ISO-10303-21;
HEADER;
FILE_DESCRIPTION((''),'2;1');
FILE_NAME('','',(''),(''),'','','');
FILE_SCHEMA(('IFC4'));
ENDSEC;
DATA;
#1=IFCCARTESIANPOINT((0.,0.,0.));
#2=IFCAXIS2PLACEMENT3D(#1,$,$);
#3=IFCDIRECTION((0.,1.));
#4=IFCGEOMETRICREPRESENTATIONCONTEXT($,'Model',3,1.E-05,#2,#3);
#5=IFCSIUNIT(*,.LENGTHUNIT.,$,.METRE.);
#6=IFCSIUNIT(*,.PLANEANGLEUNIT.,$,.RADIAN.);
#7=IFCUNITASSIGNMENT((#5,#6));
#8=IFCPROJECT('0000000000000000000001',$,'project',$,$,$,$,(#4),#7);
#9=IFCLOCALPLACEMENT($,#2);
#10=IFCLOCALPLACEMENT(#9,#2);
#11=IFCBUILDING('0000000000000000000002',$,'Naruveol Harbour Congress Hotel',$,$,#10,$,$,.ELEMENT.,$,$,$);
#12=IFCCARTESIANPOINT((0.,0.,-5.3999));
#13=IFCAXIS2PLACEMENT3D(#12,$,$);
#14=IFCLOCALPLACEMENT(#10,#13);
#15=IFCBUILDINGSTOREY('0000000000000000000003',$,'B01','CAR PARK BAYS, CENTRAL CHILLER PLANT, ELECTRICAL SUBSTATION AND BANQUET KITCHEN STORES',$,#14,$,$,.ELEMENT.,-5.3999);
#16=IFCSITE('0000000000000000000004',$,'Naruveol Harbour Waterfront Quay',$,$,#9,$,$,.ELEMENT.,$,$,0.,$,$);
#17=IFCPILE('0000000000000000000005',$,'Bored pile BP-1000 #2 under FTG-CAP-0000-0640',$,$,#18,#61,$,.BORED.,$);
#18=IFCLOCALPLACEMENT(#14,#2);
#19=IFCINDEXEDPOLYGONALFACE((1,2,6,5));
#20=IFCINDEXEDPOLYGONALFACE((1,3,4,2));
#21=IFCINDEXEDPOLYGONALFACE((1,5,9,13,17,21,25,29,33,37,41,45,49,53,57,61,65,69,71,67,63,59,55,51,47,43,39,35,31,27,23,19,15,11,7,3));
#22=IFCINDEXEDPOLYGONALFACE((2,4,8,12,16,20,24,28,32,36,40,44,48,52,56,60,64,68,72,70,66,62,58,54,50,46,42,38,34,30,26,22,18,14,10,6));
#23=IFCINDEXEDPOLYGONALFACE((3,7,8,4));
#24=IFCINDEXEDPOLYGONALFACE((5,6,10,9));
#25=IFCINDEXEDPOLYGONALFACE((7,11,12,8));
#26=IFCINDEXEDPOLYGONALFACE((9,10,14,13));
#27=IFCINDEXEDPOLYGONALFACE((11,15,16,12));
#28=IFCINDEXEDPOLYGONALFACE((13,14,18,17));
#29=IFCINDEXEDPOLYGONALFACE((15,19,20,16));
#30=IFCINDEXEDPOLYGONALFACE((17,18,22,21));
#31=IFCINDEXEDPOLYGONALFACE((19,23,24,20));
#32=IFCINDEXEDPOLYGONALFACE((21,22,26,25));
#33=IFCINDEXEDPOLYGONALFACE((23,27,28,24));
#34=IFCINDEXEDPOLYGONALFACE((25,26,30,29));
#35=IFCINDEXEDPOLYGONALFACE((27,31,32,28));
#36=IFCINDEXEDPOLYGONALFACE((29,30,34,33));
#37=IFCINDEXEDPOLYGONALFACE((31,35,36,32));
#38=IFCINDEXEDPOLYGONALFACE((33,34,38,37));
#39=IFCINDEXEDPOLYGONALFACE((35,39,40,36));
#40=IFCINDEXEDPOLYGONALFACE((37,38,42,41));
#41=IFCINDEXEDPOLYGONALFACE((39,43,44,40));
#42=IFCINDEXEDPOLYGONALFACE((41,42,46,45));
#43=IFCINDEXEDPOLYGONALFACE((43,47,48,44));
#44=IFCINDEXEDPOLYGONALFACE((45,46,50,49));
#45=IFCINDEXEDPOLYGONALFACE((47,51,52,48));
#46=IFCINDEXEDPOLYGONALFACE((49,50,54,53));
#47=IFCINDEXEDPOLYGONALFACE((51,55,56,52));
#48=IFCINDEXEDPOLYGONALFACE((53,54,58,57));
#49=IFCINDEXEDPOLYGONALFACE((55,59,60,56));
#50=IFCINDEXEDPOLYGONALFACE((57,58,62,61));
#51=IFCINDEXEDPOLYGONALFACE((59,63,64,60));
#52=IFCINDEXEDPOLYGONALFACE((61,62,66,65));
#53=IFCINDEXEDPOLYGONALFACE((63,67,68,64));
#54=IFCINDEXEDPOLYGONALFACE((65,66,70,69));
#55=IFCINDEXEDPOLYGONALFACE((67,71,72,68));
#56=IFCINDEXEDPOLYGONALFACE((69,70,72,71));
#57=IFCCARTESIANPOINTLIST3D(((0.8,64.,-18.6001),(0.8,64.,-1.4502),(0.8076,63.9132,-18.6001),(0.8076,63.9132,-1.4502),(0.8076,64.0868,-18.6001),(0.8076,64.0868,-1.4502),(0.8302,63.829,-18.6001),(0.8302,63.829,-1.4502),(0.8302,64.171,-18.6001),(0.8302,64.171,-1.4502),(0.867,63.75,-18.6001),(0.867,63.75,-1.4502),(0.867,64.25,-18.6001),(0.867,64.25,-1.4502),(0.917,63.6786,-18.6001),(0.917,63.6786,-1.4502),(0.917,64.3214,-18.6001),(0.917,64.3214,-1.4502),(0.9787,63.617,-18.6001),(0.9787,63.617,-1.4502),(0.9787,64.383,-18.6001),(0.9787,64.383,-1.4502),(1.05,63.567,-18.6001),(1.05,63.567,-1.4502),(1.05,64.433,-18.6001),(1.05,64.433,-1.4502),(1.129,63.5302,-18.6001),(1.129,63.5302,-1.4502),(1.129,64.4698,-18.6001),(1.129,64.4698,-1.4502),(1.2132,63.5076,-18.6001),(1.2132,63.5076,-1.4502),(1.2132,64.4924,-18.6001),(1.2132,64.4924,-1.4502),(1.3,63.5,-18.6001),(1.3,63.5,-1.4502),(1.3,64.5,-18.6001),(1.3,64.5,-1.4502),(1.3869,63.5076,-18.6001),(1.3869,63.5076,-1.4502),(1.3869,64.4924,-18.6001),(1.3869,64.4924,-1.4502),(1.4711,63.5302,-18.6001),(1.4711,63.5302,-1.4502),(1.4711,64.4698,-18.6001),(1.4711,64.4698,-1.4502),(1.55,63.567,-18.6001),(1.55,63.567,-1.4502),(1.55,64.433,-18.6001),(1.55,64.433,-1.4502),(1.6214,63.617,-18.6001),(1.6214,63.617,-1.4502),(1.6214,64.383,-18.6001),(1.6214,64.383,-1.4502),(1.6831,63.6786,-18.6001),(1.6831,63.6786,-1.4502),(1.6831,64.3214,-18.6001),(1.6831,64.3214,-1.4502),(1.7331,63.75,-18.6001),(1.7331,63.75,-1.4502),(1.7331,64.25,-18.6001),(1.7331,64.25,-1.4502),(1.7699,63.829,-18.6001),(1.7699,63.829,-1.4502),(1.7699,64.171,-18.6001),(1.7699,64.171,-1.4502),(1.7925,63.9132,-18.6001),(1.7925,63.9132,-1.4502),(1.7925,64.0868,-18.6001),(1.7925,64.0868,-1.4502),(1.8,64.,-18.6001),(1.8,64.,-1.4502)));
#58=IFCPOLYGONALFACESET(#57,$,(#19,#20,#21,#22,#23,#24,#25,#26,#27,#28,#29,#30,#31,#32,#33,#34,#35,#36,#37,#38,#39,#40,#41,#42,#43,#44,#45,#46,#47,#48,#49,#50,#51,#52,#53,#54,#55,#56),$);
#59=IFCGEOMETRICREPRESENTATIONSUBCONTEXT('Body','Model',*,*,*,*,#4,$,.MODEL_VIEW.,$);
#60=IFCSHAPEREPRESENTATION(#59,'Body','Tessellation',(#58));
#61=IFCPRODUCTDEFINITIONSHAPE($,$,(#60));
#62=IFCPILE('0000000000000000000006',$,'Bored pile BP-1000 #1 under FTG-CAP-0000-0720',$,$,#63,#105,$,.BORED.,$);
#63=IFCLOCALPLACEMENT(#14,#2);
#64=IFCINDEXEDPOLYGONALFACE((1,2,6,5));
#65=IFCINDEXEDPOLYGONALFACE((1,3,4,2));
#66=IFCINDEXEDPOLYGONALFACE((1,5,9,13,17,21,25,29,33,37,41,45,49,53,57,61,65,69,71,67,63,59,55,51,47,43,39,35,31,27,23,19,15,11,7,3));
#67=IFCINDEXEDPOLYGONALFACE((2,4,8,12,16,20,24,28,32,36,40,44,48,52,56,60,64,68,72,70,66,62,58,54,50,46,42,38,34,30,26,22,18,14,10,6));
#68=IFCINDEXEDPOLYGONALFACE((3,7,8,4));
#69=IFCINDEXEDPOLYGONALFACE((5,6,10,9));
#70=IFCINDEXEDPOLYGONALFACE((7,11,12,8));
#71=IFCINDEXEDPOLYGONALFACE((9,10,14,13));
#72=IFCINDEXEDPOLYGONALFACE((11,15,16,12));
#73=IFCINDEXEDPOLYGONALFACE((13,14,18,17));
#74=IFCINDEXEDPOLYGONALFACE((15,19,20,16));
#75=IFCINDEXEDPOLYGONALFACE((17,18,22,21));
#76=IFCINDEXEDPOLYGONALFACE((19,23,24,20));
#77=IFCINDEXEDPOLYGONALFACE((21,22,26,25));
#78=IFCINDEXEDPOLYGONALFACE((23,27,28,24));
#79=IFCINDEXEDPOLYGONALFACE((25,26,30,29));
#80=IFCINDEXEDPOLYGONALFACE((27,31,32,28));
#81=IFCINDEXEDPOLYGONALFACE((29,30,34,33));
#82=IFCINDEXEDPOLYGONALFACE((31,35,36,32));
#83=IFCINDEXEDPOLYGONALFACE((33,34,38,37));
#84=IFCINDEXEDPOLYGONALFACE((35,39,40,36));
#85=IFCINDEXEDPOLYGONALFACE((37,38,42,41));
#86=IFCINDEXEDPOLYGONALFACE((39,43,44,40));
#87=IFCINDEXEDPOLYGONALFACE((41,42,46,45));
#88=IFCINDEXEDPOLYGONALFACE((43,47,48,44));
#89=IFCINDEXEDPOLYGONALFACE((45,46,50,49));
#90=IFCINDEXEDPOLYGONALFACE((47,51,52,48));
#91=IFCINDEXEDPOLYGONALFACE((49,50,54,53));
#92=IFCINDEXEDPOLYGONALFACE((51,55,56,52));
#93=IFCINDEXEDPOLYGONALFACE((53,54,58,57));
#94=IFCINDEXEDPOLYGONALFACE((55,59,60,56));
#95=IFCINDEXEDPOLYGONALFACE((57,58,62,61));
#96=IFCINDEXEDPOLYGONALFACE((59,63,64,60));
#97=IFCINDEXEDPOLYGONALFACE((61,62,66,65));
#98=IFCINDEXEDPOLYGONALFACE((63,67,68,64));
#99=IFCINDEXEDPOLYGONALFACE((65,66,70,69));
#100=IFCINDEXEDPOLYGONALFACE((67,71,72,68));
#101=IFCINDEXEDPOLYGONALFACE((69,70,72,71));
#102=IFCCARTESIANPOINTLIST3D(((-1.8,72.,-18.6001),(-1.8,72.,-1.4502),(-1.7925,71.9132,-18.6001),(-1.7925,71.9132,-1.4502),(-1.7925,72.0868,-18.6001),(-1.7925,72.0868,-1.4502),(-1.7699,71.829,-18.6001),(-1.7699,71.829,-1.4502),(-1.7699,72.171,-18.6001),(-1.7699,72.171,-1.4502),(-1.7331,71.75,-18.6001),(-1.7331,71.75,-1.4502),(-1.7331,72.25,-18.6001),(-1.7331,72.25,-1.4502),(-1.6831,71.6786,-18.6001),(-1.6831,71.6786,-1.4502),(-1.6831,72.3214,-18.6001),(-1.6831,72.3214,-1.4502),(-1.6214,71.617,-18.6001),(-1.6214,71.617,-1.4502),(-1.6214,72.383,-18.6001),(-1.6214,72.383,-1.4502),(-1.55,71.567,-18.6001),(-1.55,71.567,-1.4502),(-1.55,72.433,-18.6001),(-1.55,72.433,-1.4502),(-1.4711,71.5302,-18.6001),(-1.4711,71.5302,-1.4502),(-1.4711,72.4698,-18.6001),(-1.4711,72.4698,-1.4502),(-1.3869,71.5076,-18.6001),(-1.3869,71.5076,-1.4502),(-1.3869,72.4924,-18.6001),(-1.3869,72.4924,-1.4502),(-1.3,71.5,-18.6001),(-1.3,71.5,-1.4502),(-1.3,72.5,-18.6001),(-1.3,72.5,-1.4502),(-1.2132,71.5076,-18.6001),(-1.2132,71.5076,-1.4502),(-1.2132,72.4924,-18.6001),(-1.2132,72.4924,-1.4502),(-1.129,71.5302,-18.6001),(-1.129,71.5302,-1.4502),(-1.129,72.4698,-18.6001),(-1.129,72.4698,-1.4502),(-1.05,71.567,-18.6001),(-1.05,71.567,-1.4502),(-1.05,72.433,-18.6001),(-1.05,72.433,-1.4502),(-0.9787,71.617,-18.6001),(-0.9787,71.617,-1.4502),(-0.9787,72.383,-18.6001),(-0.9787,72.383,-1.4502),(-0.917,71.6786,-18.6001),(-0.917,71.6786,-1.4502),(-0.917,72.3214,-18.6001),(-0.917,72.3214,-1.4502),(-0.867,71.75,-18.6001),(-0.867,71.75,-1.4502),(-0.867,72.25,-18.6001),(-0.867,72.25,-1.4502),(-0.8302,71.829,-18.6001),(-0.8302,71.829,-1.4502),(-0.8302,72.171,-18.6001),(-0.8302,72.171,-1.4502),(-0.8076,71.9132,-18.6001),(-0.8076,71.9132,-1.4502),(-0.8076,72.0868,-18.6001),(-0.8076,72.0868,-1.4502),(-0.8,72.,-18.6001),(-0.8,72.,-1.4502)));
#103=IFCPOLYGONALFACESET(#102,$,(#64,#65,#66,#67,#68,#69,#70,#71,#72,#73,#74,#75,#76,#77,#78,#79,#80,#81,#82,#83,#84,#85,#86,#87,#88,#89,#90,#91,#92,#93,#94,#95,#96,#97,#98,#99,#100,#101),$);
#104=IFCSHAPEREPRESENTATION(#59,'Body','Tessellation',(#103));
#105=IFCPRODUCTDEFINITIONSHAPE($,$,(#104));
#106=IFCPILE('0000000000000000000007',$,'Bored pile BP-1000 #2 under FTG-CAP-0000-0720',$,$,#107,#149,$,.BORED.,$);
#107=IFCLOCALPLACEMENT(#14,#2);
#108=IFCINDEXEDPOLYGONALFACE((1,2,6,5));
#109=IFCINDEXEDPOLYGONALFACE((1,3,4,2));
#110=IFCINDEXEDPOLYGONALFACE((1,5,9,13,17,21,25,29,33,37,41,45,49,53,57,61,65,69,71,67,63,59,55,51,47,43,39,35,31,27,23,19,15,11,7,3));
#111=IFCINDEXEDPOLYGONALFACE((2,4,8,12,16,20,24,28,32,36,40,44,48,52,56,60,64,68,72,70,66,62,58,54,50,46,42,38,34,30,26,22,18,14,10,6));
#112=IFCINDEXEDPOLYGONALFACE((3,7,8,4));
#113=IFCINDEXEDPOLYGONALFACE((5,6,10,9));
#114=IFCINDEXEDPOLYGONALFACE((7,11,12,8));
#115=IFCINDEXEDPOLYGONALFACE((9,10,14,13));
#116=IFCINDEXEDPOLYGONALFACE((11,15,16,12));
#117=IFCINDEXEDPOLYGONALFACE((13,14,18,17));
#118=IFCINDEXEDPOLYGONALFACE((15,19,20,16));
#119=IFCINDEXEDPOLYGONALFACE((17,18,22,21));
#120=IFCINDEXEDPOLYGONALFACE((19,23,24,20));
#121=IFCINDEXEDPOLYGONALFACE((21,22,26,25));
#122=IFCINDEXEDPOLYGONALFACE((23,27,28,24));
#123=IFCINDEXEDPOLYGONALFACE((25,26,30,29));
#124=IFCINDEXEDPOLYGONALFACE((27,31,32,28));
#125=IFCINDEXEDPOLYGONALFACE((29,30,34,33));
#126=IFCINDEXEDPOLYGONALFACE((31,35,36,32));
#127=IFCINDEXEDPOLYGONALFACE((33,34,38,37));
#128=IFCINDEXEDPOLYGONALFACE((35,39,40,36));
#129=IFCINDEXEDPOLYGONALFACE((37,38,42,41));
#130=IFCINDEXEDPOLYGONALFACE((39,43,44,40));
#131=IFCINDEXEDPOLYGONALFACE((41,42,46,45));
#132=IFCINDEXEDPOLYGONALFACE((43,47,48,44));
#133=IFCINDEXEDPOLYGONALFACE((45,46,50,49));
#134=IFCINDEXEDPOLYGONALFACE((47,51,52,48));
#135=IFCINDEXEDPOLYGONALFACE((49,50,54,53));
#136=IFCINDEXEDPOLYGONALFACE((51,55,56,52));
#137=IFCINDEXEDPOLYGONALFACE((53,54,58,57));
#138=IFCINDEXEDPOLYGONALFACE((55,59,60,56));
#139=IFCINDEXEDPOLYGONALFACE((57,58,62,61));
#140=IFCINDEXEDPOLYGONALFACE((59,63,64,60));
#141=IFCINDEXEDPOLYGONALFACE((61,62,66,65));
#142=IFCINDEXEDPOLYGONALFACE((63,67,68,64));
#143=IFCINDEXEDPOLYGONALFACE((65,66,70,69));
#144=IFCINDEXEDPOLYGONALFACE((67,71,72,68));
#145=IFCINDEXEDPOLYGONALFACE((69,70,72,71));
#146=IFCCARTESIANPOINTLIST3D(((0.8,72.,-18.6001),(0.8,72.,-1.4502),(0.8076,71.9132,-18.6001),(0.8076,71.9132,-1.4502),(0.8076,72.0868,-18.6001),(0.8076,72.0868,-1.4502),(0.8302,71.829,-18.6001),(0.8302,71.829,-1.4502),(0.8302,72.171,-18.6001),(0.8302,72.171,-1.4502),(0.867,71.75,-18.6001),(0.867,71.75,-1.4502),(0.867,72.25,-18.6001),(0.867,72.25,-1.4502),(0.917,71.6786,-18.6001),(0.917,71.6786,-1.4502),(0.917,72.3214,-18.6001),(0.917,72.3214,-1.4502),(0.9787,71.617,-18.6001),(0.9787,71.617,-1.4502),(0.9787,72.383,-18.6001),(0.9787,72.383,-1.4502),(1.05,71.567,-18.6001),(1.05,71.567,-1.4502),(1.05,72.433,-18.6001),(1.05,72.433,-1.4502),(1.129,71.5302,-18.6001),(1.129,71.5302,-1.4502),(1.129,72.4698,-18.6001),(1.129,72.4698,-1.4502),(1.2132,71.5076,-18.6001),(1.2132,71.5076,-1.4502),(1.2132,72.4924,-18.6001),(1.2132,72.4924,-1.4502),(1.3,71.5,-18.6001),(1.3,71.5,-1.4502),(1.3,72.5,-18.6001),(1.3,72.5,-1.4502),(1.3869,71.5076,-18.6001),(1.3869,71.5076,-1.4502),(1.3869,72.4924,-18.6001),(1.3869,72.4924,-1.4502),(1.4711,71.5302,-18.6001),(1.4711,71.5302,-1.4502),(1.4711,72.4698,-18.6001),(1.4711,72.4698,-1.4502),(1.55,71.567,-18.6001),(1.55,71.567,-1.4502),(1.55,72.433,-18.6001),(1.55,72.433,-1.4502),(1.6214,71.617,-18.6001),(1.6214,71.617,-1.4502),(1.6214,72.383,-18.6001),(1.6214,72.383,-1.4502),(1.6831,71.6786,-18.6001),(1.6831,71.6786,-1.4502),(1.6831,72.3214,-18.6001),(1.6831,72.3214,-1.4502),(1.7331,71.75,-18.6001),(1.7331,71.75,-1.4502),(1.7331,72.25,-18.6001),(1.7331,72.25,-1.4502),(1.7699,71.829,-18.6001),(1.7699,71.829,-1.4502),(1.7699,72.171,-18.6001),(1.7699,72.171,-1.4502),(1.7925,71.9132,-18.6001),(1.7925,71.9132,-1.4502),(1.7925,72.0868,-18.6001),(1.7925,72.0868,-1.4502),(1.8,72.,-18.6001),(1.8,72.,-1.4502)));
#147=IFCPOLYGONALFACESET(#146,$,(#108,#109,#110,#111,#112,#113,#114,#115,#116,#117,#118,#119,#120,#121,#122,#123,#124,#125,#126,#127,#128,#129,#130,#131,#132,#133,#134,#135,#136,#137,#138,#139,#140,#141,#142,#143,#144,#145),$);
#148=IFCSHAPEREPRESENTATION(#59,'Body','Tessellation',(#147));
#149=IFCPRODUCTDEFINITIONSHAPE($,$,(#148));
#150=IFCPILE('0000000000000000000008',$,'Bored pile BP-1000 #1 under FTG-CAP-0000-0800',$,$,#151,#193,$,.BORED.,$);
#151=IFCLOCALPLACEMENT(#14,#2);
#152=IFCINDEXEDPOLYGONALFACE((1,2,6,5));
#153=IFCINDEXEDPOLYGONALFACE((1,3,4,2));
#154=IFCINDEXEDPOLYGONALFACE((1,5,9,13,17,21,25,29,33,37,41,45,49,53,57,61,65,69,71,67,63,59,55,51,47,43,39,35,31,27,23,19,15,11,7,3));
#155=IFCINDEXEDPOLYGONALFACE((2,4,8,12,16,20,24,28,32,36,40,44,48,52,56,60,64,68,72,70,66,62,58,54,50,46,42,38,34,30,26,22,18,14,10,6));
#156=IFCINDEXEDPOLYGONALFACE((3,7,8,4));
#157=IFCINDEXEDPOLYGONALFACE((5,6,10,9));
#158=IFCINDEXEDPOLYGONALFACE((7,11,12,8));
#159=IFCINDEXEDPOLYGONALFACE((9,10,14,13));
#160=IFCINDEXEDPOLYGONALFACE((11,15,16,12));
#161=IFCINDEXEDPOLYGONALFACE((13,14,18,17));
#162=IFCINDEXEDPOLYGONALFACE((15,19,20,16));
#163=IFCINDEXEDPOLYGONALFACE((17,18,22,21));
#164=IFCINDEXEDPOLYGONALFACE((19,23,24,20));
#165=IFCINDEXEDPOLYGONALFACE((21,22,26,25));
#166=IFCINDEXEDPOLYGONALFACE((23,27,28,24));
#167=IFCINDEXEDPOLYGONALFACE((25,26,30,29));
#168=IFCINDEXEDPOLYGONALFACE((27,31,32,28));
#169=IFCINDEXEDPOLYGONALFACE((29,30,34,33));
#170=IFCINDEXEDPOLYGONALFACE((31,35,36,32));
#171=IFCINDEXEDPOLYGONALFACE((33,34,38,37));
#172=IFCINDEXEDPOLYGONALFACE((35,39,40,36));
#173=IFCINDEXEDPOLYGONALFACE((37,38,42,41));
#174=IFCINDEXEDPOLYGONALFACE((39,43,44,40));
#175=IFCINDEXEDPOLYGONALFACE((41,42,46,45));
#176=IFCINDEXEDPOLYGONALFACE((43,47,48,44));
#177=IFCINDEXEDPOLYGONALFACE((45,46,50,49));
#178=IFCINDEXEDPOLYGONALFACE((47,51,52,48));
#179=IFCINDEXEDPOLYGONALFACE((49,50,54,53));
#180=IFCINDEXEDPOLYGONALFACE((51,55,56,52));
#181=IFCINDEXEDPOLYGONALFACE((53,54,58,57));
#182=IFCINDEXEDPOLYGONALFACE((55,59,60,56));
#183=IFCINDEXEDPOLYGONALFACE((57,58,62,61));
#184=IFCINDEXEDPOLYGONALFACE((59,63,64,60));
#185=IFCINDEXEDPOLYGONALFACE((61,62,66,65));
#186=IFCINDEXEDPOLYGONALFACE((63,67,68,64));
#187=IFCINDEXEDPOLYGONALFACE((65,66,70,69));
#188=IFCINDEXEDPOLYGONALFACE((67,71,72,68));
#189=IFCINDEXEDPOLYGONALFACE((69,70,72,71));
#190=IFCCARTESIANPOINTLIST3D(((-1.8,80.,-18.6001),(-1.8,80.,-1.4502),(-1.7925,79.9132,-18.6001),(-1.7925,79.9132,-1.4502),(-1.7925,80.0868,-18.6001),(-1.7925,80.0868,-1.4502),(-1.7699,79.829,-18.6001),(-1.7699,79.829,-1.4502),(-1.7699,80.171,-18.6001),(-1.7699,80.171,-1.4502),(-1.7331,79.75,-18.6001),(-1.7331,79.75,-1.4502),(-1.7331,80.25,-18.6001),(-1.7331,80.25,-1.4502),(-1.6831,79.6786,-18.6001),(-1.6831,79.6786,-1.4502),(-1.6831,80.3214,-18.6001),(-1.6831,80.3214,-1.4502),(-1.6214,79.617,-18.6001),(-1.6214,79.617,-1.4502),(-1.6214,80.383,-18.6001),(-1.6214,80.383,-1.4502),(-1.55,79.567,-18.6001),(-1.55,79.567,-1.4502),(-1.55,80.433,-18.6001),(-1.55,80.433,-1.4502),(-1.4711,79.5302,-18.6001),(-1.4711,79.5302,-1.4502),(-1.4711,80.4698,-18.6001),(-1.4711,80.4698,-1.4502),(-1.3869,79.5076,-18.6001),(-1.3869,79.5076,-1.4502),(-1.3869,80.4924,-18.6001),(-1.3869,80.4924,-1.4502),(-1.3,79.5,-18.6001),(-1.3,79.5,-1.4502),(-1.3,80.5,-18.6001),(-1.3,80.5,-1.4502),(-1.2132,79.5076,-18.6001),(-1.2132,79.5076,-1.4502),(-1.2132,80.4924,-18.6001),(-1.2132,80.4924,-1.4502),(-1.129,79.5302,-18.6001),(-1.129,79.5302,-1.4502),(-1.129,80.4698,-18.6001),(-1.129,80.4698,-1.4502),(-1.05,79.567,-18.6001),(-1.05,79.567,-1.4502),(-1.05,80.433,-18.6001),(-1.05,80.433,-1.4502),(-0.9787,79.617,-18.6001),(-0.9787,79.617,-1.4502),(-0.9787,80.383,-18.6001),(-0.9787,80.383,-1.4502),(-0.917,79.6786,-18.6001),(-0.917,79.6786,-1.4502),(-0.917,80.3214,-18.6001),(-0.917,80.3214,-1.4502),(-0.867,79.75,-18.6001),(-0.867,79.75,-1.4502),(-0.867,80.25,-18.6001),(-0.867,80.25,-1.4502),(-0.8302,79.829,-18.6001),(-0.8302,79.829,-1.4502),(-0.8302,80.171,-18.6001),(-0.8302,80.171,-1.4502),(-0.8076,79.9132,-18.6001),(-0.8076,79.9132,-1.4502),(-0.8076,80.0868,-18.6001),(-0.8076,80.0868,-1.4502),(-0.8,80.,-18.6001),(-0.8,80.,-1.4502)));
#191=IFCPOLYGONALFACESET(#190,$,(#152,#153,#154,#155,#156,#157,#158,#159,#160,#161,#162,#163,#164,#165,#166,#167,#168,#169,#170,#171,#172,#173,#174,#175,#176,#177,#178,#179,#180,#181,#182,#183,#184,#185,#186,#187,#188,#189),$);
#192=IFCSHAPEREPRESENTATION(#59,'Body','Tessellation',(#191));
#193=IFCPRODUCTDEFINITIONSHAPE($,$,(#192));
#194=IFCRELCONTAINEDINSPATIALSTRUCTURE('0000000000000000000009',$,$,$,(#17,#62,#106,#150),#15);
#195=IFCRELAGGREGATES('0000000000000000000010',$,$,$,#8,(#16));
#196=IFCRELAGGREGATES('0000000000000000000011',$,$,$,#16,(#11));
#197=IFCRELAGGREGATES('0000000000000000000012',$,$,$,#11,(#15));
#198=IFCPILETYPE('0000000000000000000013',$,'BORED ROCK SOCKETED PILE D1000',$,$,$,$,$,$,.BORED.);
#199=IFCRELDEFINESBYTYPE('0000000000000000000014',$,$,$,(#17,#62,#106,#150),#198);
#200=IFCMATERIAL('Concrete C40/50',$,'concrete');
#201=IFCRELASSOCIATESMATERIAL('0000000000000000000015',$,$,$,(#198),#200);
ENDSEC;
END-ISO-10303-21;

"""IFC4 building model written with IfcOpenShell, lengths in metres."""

from ifc_helpers import new_model, si_unit, direction, frame, origin, origin_2d, place, context, subcontext, project, spatial, circle, extrude, material, material_profile, profile_set, type_object, element, save


model = new_model("IFC4")

# Units and contexts
model_context = context("Model", 3, precision=1e-05, world=origin(), true_north=direction((0.0, 1.0)))
body_context = subcontext(model_context, "Body", "Model", "MODEL_VIEW")
ifc_project = project(units=[si_unit("LENGTHUNIT", "METRE"), si_unit("PLANEANGLEUNIT", "RADIAN")], contexts=[model_context])

# Site, building, storey
site_placement = place(None, origin())
site = spatial("IfcSite", under=ifc_project, at=site_placement, Name="Naruveol Harbour Waterfront Quay", CompositionType="ELEMENT", RefElevation=0.0)
building_placement = place(site_placement, origin())
building = spatial("IfcBuilding", under=site, at=building_placement, Name="Naruveol Harbour Congress Hotel", CompositionType="ELEMENT")
storey_placement = place(building_placement, frame((0.0, 0.0, -5.3999)))
storey = spatial("IfcBuildingStorey", under=building, at=storey_placement, Name="B01", Description="CAR PARK BAYS, CENTRAL CHILLER PLANT, ELECTRICAL SUBSTATION AND BANQUET KITCHEN STORES", CompositionType="ELEMENT", Elevation=-5.3999)

# Piles
ifc_material_1 = material(Name="Concrete C40/50", Category="concrete")
ifc_material_profile_1 = material_profile(ifc_material_1, circle(Radius=0.5, at=origin_2d()), Name="BP-1000")
ifc_profile_set_1 = profile_set([ifc_material_profile_1], Name="Concrete C40/50")
pile_type = type_object("IfcPileType", Name="BORED ROCK SOCKETED PILE D1000", PredefinedType="BORED", material=ifc_profile_set_1)
for number, where, z_axis, x_axis, name in (
    (1, (1.3, 64.0, -1.4502), (0.0, 0.0, -1.0), (1.0, 0.0, 0.0), "Bored pile BP-1000 #2 under FTG-CAP-0000-0640"),
    (2, (-1.3, 72.0, -1.4502), (0.0, 0.0, -1.0), (1.0, 0.0, 0.0), "Bored pile BP-1000 #1 under FTG-CAP-0000-0720"),
    (3, (1.3, 72.0, -1.4502), (0.0, 0.0, -1.0), (1.0, 0.0, 0.0), "Bored pile BP-1000 #2 under FTG-CAP-0000-0720"),
    (4, (-1.3, 80.0, -1.4502), (0.0, 0.0, -1.0), (1.0, 0.0, 0.0), "Bored pile BP-1000 #1 under FTG-CAP-0000-0800"),
):
    element("IfcPile", number, at=place(storey_placement, frame(where, z_axis=z_axis, x_axis=x_axis)), inside=storey, type_object=pile_type, Name=name, PredefinedType="BORED", context=body_context, shape_type="SweptSolid", body=[
        extrude(circle(Radius=0.5, at=origin_2d()), origin(), (0.0, 0.0, 1.0), 17.1499),
    ])

save(model, "model.ifc")
